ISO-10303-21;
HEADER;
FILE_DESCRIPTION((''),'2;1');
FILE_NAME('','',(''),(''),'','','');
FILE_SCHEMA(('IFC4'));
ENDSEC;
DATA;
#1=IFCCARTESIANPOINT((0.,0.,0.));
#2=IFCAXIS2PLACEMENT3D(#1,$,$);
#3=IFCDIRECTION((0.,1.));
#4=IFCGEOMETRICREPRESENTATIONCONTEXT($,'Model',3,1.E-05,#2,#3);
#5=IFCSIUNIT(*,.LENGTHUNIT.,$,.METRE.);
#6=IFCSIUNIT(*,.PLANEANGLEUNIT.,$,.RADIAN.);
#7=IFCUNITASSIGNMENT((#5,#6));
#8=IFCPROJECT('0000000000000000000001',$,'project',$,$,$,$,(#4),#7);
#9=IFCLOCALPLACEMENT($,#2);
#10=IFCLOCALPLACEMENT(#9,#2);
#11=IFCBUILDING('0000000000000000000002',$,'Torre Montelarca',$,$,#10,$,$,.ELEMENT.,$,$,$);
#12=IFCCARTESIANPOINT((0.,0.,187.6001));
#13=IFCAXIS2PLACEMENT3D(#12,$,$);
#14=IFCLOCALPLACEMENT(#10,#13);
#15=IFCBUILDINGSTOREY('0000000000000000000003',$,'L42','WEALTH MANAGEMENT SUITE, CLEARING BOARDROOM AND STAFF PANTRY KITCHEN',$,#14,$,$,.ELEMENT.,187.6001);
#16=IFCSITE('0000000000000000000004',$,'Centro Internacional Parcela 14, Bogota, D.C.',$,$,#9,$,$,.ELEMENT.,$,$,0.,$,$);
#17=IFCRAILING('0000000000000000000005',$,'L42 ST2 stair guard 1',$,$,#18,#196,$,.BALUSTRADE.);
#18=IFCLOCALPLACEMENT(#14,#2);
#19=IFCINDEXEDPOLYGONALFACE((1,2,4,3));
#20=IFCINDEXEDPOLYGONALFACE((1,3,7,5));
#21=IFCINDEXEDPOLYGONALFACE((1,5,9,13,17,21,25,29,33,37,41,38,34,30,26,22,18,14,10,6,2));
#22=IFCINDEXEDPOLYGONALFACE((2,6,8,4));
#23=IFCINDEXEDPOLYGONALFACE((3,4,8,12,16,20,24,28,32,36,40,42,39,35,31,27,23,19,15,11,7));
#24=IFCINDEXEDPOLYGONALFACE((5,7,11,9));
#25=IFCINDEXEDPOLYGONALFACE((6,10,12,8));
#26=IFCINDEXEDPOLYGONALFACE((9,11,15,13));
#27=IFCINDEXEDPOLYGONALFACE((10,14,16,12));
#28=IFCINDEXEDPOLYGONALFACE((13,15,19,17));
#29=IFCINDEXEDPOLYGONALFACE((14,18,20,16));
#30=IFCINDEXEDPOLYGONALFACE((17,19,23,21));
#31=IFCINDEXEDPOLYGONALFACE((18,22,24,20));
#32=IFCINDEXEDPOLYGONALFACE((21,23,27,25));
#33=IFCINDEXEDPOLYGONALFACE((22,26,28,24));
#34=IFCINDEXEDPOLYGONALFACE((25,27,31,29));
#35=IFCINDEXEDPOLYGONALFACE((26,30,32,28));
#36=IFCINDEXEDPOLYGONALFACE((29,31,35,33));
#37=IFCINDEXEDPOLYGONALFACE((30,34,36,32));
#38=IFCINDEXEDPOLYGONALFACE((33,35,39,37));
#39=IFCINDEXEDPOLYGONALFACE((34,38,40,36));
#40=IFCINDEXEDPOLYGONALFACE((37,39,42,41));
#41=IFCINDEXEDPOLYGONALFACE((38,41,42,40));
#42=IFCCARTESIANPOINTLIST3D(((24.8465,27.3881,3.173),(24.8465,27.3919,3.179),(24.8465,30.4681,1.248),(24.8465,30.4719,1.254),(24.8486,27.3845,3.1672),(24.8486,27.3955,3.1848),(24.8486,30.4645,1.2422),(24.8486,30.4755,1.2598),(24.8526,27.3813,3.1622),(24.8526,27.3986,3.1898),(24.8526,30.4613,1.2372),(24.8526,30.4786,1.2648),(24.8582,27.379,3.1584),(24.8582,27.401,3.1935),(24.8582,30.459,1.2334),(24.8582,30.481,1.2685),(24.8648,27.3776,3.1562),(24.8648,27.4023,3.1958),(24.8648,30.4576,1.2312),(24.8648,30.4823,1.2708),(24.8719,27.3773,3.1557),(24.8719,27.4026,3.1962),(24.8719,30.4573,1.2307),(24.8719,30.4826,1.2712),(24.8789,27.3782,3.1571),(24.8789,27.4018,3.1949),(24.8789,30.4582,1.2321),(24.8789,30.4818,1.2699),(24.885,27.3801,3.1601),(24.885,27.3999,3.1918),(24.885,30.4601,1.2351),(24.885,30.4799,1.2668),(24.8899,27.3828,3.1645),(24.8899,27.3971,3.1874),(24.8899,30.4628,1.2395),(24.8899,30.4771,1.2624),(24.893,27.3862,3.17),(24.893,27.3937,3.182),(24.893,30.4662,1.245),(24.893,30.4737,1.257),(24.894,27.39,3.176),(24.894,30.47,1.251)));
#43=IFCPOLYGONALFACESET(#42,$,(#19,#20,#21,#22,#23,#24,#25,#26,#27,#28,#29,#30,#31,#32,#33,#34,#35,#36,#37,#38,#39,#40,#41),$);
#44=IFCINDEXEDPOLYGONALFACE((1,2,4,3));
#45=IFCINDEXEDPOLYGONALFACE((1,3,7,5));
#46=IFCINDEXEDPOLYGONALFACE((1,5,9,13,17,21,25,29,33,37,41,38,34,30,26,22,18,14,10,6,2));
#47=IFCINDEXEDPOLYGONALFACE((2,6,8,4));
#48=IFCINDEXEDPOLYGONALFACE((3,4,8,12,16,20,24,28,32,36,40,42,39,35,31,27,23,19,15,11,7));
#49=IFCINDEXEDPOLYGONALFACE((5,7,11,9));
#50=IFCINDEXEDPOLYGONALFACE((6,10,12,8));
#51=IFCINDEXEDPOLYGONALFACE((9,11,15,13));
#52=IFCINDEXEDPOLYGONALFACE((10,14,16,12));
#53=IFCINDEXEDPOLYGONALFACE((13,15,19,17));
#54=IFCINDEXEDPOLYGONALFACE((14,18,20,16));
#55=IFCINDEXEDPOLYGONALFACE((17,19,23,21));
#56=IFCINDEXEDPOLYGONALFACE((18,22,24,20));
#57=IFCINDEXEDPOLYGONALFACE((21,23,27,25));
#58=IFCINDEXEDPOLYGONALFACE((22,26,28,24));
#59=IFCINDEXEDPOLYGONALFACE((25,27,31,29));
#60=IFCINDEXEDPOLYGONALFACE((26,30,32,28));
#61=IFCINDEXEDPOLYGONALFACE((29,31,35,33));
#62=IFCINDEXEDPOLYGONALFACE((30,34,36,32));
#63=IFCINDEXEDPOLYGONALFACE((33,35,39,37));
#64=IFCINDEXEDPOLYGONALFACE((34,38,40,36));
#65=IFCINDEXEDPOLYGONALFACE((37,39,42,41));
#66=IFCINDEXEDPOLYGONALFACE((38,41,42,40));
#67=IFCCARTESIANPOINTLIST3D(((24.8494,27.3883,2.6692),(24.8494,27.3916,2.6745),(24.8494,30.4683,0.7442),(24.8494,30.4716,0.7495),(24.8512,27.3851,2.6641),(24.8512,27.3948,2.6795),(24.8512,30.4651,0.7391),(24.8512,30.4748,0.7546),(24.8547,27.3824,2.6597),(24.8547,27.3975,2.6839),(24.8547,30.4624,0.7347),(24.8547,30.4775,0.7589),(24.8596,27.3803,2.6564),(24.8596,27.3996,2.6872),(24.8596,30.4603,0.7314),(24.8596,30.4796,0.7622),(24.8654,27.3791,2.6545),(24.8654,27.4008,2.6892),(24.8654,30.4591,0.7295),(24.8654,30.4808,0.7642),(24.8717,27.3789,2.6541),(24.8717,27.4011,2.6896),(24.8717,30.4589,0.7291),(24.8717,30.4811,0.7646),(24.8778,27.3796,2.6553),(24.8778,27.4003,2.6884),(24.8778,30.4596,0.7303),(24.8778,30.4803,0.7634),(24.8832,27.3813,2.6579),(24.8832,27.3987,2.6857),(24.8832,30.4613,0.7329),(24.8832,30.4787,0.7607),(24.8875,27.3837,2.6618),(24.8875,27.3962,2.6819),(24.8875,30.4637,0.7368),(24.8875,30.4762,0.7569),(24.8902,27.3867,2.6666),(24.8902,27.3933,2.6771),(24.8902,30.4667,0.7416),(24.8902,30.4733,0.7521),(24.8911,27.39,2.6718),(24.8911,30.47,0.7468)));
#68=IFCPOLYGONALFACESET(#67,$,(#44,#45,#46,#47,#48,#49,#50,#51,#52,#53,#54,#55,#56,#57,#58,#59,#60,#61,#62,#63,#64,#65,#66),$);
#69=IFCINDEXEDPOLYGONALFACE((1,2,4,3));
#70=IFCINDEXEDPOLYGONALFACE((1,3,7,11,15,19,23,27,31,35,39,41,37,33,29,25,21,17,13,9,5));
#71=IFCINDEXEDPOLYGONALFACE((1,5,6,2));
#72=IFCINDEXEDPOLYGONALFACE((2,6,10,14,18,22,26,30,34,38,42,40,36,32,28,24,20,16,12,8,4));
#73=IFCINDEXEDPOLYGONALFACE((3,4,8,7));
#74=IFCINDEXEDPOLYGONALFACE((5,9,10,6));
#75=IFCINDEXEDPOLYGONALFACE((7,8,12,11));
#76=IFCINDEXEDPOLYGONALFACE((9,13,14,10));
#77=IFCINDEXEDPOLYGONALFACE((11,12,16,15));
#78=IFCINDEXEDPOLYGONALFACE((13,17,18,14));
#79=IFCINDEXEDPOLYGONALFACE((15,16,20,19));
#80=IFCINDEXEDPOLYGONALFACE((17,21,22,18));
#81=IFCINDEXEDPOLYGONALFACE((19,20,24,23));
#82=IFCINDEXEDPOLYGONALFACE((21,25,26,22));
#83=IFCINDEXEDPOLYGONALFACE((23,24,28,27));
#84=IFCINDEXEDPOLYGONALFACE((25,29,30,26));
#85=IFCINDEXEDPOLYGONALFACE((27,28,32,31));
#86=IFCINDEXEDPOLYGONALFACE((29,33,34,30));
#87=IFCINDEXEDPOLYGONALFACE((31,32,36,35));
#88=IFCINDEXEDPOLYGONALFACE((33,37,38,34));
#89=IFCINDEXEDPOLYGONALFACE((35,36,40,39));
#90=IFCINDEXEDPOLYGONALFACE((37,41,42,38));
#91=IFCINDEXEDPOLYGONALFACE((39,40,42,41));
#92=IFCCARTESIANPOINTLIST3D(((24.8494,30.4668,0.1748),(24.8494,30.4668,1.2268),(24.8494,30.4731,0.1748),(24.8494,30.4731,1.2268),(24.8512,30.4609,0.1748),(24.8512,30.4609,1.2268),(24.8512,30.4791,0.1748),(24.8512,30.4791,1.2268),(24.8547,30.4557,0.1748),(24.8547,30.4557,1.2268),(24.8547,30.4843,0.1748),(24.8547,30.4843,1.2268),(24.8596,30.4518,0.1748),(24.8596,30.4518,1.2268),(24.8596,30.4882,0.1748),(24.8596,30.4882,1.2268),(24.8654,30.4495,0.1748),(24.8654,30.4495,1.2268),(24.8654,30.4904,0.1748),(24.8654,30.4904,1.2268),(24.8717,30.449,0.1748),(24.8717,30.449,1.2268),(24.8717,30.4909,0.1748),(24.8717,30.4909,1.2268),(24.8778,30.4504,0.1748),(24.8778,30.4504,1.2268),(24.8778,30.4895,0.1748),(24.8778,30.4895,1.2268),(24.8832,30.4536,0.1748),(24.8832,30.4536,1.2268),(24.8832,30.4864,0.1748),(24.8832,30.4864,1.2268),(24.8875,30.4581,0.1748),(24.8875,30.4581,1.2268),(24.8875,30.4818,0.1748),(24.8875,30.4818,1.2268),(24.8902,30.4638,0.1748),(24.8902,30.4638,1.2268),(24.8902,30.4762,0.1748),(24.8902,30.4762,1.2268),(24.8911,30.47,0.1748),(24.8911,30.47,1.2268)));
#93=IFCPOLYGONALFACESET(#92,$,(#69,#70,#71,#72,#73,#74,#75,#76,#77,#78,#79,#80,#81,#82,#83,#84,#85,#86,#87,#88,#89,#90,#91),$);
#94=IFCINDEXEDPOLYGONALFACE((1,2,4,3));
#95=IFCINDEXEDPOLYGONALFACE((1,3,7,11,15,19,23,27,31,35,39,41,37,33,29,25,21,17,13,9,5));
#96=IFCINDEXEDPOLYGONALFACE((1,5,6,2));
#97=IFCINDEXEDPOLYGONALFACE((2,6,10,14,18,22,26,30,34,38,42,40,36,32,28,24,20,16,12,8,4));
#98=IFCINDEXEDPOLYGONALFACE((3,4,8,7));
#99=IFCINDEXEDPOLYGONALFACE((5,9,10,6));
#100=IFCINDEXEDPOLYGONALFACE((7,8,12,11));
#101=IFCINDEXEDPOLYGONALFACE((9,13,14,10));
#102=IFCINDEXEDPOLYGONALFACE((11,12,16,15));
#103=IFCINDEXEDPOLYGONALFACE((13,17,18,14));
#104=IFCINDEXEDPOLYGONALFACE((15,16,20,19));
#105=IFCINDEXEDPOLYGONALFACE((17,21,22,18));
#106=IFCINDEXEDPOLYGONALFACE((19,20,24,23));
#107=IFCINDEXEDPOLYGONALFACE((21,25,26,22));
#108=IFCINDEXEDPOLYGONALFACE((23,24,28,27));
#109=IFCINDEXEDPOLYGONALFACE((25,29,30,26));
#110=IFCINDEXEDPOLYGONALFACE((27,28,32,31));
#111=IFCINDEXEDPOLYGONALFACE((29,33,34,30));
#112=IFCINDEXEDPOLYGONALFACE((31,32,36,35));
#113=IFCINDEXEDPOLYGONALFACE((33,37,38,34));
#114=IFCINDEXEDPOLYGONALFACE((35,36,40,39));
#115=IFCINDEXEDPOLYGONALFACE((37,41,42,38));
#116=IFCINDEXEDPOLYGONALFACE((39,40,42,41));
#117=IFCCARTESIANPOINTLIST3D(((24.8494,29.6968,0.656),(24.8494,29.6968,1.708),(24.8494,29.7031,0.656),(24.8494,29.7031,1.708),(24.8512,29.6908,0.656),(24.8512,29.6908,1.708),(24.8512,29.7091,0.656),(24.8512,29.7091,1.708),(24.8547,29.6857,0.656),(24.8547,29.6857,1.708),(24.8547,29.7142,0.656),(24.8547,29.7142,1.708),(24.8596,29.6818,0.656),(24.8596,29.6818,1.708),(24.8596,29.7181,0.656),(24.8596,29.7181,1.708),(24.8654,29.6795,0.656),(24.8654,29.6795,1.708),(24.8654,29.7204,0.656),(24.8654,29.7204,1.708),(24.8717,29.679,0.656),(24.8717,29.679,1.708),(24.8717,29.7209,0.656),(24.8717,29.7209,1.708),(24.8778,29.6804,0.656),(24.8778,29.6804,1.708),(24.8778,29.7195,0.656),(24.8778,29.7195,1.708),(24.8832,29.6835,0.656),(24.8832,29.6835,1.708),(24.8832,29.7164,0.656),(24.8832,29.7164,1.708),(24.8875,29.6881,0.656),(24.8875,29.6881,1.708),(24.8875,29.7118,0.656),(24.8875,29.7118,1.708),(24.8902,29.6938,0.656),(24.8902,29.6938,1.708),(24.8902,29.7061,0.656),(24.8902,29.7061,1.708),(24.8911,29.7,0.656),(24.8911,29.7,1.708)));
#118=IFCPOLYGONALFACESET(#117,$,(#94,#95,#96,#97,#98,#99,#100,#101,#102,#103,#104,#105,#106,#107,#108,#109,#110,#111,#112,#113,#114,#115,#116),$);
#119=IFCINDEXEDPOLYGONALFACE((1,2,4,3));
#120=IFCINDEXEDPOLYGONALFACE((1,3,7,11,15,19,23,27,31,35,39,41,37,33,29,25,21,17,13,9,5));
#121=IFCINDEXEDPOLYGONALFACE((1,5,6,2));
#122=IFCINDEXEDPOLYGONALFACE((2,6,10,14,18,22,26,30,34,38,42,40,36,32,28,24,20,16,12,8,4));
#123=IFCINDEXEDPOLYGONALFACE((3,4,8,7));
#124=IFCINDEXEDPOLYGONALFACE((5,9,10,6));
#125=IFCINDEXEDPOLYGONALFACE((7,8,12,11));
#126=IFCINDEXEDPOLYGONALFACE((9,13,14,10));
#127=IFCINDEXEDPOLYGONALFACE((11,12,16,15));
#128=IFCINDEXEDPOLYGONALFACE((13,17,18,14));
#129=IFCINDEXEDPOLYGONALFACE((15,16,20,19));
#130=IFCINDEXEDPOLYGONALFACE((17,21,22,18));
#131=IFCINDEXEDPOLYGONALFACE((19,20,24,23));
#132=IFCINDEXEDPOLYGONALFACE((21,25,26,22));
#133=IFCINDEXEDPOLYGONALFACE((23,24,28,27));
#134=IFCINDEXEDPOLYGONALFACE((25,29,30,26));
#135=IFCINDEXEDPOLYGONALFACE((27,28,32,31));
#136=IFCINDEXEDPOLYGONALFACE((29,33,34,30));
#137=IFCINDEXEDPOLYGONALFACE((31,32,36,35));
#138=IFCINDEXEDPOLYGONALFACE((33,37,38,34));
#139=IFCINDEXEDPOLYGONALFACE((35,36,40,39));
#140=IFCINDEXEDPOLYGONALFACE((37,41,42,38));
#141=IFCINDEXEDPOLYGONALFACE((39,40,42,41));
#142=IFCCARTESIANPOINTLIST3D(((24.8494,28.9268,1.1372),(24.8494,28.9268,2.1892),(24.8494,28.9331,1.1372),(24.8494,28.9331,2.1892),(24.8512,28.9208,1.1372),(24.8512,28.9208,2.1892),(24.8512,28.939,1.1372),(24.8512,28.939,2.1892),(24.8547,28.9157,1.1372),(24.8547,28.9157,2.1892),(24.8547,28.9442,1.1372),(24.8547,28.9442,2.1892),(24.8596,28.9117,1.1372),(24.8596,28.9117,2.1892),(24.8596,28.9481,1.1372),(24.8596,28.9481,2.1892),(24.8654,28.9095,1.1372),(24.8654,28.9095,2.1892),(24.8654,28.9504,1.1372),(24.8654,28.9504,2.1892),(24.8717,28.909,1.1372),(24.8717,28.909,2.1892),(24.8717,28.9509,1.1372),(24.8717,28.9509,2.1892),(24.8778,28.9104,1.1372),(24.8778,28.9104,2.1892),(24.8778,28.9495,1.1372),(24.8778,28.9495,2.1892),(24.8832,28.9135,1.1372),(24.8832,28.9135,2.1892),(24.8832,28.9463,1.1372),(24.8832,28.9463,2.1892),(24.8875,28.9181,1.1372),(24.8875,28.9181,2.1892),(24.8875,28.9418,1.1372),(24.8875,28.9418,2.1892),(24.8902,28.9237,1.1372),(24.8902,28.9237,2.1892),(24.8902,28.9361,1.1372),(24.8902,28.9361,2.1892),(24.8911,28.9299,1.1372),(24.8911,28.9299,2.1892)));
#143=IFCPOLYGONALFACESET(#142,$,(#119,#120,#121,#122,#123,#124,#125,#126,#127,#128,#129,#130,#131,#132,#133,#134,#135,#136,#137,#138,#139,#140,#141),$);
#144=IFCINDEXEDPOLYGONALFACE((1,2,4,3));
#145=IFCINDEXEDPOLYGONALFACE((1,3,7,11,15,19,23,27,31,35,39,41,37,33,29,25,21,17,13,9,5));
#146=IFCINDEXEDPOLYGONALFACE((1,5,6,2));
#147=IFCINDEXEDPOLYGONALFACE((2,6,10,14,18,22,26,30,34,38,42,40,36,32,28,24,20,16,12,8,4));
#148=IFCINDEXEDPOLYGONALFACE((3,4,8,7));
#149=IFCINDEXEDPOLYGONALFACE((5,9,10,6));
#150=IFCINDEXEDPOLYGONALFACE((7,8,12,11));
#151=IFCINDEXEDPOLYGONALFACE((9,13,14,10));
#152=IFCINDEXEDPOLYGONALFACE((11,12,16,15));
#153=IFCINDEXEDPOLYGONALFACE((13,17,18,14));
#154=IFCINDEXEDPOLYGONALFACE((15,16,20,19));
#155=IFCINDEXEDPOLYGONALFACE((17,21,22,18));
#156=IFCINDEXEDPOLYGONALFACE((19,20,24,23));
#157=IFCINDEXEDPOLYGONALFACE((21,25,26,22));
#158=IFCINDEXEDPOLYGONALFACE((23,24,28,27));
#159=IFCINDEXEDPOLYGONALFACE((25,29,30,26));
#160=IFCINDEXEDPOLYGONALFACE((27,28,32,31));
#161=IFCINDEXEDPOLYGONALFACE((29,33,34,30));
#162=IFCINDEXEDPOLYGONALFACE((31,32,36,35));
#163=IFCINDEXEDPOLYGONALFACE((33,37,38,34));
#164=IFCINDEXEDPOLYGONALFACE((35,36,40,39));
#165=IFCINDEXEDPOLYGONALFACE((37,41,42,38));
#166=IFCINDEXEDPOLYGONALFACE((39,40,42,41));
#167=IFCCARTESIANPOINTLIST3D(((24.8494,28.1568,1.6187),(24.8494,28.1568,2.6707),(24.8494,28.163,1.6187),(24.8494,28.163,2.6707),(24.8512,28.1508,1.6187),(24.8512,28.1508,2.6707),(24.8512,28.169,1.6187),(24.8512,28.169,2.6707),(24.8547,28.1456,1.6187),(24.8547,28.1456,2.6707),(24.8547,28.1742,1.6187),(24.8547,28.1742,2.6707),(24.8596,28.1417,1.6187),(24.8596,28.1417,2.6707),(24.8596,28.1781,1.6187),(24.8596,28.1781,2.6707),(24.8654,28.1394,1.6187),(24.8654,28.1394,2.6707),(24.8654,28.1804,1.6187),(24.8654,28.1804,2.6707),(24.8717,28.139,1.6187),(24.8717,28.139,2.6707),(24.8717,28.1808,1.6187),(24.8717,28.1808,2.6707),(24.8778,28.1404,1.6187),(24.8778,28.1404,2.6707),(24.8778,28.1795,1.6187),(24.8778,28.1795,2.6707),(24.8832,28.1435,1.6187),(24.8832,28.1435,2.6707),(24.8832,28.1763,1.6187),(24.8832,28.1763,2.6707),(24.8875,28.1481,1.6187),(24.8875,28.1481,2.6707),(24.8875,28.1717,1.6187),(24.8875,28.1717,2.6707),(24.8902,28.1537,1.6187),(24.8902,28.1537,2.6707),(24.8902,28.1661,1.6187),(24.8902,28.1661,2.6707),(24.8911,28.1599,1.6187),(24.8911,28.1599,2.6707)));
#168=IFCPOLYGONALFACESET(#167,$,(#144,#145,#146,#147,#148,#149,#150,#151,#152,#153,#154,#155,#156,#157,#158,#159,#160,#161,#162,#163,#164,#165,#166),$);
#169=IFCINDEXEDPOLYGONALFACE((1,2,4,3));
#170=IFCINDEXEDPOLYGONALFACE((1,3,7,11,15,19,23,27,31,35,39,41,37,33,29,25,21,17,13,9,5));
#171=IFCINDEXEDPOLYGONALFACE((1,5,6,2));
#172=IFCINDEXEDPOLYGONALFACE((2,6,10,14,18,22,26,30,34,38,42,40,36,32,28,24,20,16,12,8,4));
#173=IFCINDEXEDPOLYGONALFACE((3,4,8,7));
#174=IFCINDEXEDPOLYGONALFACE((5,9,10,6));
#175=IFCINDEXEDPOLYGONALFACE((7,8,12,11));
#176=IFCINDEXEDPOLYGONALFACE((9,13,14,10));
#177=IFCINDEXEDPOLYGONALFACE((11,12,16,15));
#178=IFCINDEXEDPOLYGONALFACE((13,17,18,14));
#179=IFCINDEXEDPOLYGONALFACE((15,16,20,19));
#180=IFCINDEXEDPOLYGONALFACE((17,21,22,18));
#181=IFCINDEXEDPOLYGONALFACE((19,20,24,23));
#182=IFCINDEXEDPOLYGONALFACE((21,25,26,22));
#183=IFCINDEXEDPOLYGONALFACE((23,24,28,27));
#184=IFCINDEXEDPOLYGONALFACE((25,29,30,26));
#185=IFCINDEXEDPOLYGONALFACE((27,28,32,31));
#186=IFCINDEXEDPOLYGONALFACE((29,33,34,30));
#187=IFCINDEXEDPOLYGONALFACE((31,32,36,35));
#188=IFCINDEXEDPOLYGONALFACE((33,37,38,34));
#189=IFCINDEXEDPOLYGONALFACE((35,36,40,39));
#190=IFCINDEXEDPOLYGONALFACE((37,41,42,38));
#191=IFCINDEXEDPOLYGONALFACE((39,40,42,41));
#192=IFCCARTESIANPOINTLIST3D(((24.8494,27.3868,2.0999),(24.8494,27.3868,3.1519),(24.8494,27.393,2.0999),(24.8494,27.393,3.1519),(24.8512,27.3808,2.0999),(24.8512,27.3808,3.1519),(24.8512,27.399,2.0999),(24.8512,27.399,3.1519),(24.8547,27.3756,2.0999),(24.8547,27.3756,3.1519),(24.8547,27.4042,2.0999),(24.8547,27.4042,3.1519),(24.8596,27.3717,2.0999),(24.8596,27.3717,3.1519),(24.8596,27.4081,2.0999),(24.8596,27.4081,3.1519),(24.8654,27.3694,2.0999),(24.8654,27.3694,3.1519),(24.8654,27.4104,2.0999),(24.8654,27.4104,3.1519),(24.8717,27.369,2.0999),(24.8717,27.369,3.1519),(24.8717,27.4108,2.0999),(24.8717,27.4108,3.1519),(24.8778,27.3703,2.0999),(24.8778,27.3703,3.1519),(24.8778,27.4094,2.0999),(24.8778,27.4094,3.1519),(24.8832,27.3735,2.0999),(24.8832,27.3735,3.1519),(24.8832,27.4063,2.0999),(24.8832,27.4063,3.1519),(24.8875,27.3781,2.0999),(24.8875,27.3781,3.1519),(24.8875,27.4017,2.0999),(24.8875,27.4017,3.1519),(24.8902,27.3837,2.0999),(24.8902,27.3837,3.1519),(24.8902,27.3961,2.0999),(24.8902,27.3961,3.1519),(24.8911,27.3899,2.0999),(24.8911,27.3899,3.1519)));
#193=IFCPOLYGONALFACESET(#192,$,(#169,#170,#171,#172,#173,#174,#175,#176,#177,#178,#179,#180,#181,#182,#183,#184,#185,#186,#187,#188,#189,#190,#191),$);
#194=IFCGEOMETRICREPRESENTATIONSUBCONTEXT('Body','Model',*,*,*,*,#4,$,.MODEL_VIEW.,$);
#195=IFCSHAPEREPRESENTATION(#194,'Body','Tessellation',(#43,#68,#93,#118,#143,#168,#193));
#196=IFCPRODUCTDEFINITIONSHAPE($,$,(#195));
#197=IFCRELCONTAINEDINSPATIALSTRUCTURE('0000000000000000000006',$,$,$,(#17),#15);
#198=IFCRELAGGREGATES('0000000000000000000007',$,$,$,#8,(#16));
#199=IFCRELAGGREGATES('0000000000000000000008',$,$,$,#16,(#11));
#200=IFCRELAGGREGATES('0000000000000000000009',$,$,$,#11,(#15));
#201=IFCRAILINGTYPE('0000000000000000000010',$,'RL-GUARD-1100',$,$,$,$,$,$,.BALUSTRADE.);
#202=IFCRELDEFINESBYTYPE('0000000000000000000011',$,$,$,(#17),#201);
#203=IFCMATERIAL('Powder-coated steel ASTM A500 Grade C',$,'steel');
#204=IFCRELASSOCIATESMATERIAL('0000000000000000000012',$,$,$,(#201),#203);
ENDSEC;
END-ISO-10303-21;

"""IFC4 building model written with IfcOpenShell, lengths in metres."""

from ifc_helpers import new_model, si_unit, direction, frame, origin, origin_2d, place, context, subcontext, project, spatial, circle, extrude, material, type_object, element, save


model = new_model("IFC4")

# Units and contexts
model_context = context("Model", 3, precision=1e-05, world=origin(), true_north=direction((0.0, 1.0)))
body_context = subcontext(model_context, "Body", "Model", "MODEL_VIEW")
ifc_project = project(units=[si_unit("LENGTHUNIT", "METRE"), si_unit("PLANEANGLEUNIT", "RADIAN")], contexts=[model_context])

# Site, building, storey
site_placement = place(None, origin())
site = spatial("IfcSite", under=ifc_project, at=site_placement, Name="Centro Internacional Parcela 14, Bogota, D.C.", CompositionType="ELEMENT", RefElevation=0.0)
building_placement = place(site_placement, origin())
building = spatial("IfcBuilding", under=site, at=building_placement, Name="Torre Montelarca", CompositionType="ELEMENT")
storey_placement = place(building_placement, frame((0.0, 0.0, 187.6001)))
storey = spatial("IfcBuildingStorey", under=building, at=storey_placement, Name="L42", Description="WEALTH MANAGEMENT SUITE, CLEARING BOARDROOM AND STAFF PANTRY KITCHEN", CompositionType="ELEMENT", Elevation=187.6001)

# Railing
ifc_material_1 = material(Name="Powder-coated steel ASTM A500 Grade C", Category="steel")
railing_type_1 = type_object("IfcRailingType", Name="RL-GUARD-1100", PredefinedType="BALUSTRADE", material=ifc_material_1)
railing_1_placement = place(storey_placement, frame((24.8701, 30.47, 0.1748)))
element("IfcRailing", 1, at=railing_1_placement, inside=storey, type_object=railing_type_1, Name="L42 ST2 stair guard 1", PredefinedType="BALUSTRADE", context=body_context, shape_type="SweptSolid", body=[
    extrude(circle(Radius=0.0239, at=origin_2d()), frame((0.0, 0.0, 1.0762), z_axis=(0.0, -0.847998, 0.529999), x_axis=(1.0, 0.0, 0.0)), (0.0, 0.0, 1.0), 3.6321),
    extrude(circle(Radius=0.021, at=origin_2d()), frame((0.0, 0.0, 0.572), z_axis=(0.0, -0.847998, 0.529999), x_axis=(1.0, 0.0, 0.0)), (0.0, 0.0, 1.0), 3.6321),
    extrude(circle(Radius=0.021, at=origin_2d()), origin(), (0.0, 0.0, 1.0), 1.052),
    extrude(circle(Radius=0.021, at=origin_2d()), frame((0.0, -0.77, 0.4812)), (0.0, 0.0, 1.0), 1.052),
    extrude(circle(Radius=0.021, at=origin_2d()), frame((0.0, -1.54, 0.9624)), (0.0, 0.0, 1.0), 1.052),
    extrude(circle(Radius=0.021, at=origin_2d()), frame((0.0, -2.3101, 1.4438)), (0.0, 0.0, 1.0), 1.052),
    extrude(circle(Radius=0.021, at=origin_2d()), frame((0.0, -3.0801, 1.925)), (0.0, 0.0, 1.0), 1.052),
])

save(model, "model.ifc")
